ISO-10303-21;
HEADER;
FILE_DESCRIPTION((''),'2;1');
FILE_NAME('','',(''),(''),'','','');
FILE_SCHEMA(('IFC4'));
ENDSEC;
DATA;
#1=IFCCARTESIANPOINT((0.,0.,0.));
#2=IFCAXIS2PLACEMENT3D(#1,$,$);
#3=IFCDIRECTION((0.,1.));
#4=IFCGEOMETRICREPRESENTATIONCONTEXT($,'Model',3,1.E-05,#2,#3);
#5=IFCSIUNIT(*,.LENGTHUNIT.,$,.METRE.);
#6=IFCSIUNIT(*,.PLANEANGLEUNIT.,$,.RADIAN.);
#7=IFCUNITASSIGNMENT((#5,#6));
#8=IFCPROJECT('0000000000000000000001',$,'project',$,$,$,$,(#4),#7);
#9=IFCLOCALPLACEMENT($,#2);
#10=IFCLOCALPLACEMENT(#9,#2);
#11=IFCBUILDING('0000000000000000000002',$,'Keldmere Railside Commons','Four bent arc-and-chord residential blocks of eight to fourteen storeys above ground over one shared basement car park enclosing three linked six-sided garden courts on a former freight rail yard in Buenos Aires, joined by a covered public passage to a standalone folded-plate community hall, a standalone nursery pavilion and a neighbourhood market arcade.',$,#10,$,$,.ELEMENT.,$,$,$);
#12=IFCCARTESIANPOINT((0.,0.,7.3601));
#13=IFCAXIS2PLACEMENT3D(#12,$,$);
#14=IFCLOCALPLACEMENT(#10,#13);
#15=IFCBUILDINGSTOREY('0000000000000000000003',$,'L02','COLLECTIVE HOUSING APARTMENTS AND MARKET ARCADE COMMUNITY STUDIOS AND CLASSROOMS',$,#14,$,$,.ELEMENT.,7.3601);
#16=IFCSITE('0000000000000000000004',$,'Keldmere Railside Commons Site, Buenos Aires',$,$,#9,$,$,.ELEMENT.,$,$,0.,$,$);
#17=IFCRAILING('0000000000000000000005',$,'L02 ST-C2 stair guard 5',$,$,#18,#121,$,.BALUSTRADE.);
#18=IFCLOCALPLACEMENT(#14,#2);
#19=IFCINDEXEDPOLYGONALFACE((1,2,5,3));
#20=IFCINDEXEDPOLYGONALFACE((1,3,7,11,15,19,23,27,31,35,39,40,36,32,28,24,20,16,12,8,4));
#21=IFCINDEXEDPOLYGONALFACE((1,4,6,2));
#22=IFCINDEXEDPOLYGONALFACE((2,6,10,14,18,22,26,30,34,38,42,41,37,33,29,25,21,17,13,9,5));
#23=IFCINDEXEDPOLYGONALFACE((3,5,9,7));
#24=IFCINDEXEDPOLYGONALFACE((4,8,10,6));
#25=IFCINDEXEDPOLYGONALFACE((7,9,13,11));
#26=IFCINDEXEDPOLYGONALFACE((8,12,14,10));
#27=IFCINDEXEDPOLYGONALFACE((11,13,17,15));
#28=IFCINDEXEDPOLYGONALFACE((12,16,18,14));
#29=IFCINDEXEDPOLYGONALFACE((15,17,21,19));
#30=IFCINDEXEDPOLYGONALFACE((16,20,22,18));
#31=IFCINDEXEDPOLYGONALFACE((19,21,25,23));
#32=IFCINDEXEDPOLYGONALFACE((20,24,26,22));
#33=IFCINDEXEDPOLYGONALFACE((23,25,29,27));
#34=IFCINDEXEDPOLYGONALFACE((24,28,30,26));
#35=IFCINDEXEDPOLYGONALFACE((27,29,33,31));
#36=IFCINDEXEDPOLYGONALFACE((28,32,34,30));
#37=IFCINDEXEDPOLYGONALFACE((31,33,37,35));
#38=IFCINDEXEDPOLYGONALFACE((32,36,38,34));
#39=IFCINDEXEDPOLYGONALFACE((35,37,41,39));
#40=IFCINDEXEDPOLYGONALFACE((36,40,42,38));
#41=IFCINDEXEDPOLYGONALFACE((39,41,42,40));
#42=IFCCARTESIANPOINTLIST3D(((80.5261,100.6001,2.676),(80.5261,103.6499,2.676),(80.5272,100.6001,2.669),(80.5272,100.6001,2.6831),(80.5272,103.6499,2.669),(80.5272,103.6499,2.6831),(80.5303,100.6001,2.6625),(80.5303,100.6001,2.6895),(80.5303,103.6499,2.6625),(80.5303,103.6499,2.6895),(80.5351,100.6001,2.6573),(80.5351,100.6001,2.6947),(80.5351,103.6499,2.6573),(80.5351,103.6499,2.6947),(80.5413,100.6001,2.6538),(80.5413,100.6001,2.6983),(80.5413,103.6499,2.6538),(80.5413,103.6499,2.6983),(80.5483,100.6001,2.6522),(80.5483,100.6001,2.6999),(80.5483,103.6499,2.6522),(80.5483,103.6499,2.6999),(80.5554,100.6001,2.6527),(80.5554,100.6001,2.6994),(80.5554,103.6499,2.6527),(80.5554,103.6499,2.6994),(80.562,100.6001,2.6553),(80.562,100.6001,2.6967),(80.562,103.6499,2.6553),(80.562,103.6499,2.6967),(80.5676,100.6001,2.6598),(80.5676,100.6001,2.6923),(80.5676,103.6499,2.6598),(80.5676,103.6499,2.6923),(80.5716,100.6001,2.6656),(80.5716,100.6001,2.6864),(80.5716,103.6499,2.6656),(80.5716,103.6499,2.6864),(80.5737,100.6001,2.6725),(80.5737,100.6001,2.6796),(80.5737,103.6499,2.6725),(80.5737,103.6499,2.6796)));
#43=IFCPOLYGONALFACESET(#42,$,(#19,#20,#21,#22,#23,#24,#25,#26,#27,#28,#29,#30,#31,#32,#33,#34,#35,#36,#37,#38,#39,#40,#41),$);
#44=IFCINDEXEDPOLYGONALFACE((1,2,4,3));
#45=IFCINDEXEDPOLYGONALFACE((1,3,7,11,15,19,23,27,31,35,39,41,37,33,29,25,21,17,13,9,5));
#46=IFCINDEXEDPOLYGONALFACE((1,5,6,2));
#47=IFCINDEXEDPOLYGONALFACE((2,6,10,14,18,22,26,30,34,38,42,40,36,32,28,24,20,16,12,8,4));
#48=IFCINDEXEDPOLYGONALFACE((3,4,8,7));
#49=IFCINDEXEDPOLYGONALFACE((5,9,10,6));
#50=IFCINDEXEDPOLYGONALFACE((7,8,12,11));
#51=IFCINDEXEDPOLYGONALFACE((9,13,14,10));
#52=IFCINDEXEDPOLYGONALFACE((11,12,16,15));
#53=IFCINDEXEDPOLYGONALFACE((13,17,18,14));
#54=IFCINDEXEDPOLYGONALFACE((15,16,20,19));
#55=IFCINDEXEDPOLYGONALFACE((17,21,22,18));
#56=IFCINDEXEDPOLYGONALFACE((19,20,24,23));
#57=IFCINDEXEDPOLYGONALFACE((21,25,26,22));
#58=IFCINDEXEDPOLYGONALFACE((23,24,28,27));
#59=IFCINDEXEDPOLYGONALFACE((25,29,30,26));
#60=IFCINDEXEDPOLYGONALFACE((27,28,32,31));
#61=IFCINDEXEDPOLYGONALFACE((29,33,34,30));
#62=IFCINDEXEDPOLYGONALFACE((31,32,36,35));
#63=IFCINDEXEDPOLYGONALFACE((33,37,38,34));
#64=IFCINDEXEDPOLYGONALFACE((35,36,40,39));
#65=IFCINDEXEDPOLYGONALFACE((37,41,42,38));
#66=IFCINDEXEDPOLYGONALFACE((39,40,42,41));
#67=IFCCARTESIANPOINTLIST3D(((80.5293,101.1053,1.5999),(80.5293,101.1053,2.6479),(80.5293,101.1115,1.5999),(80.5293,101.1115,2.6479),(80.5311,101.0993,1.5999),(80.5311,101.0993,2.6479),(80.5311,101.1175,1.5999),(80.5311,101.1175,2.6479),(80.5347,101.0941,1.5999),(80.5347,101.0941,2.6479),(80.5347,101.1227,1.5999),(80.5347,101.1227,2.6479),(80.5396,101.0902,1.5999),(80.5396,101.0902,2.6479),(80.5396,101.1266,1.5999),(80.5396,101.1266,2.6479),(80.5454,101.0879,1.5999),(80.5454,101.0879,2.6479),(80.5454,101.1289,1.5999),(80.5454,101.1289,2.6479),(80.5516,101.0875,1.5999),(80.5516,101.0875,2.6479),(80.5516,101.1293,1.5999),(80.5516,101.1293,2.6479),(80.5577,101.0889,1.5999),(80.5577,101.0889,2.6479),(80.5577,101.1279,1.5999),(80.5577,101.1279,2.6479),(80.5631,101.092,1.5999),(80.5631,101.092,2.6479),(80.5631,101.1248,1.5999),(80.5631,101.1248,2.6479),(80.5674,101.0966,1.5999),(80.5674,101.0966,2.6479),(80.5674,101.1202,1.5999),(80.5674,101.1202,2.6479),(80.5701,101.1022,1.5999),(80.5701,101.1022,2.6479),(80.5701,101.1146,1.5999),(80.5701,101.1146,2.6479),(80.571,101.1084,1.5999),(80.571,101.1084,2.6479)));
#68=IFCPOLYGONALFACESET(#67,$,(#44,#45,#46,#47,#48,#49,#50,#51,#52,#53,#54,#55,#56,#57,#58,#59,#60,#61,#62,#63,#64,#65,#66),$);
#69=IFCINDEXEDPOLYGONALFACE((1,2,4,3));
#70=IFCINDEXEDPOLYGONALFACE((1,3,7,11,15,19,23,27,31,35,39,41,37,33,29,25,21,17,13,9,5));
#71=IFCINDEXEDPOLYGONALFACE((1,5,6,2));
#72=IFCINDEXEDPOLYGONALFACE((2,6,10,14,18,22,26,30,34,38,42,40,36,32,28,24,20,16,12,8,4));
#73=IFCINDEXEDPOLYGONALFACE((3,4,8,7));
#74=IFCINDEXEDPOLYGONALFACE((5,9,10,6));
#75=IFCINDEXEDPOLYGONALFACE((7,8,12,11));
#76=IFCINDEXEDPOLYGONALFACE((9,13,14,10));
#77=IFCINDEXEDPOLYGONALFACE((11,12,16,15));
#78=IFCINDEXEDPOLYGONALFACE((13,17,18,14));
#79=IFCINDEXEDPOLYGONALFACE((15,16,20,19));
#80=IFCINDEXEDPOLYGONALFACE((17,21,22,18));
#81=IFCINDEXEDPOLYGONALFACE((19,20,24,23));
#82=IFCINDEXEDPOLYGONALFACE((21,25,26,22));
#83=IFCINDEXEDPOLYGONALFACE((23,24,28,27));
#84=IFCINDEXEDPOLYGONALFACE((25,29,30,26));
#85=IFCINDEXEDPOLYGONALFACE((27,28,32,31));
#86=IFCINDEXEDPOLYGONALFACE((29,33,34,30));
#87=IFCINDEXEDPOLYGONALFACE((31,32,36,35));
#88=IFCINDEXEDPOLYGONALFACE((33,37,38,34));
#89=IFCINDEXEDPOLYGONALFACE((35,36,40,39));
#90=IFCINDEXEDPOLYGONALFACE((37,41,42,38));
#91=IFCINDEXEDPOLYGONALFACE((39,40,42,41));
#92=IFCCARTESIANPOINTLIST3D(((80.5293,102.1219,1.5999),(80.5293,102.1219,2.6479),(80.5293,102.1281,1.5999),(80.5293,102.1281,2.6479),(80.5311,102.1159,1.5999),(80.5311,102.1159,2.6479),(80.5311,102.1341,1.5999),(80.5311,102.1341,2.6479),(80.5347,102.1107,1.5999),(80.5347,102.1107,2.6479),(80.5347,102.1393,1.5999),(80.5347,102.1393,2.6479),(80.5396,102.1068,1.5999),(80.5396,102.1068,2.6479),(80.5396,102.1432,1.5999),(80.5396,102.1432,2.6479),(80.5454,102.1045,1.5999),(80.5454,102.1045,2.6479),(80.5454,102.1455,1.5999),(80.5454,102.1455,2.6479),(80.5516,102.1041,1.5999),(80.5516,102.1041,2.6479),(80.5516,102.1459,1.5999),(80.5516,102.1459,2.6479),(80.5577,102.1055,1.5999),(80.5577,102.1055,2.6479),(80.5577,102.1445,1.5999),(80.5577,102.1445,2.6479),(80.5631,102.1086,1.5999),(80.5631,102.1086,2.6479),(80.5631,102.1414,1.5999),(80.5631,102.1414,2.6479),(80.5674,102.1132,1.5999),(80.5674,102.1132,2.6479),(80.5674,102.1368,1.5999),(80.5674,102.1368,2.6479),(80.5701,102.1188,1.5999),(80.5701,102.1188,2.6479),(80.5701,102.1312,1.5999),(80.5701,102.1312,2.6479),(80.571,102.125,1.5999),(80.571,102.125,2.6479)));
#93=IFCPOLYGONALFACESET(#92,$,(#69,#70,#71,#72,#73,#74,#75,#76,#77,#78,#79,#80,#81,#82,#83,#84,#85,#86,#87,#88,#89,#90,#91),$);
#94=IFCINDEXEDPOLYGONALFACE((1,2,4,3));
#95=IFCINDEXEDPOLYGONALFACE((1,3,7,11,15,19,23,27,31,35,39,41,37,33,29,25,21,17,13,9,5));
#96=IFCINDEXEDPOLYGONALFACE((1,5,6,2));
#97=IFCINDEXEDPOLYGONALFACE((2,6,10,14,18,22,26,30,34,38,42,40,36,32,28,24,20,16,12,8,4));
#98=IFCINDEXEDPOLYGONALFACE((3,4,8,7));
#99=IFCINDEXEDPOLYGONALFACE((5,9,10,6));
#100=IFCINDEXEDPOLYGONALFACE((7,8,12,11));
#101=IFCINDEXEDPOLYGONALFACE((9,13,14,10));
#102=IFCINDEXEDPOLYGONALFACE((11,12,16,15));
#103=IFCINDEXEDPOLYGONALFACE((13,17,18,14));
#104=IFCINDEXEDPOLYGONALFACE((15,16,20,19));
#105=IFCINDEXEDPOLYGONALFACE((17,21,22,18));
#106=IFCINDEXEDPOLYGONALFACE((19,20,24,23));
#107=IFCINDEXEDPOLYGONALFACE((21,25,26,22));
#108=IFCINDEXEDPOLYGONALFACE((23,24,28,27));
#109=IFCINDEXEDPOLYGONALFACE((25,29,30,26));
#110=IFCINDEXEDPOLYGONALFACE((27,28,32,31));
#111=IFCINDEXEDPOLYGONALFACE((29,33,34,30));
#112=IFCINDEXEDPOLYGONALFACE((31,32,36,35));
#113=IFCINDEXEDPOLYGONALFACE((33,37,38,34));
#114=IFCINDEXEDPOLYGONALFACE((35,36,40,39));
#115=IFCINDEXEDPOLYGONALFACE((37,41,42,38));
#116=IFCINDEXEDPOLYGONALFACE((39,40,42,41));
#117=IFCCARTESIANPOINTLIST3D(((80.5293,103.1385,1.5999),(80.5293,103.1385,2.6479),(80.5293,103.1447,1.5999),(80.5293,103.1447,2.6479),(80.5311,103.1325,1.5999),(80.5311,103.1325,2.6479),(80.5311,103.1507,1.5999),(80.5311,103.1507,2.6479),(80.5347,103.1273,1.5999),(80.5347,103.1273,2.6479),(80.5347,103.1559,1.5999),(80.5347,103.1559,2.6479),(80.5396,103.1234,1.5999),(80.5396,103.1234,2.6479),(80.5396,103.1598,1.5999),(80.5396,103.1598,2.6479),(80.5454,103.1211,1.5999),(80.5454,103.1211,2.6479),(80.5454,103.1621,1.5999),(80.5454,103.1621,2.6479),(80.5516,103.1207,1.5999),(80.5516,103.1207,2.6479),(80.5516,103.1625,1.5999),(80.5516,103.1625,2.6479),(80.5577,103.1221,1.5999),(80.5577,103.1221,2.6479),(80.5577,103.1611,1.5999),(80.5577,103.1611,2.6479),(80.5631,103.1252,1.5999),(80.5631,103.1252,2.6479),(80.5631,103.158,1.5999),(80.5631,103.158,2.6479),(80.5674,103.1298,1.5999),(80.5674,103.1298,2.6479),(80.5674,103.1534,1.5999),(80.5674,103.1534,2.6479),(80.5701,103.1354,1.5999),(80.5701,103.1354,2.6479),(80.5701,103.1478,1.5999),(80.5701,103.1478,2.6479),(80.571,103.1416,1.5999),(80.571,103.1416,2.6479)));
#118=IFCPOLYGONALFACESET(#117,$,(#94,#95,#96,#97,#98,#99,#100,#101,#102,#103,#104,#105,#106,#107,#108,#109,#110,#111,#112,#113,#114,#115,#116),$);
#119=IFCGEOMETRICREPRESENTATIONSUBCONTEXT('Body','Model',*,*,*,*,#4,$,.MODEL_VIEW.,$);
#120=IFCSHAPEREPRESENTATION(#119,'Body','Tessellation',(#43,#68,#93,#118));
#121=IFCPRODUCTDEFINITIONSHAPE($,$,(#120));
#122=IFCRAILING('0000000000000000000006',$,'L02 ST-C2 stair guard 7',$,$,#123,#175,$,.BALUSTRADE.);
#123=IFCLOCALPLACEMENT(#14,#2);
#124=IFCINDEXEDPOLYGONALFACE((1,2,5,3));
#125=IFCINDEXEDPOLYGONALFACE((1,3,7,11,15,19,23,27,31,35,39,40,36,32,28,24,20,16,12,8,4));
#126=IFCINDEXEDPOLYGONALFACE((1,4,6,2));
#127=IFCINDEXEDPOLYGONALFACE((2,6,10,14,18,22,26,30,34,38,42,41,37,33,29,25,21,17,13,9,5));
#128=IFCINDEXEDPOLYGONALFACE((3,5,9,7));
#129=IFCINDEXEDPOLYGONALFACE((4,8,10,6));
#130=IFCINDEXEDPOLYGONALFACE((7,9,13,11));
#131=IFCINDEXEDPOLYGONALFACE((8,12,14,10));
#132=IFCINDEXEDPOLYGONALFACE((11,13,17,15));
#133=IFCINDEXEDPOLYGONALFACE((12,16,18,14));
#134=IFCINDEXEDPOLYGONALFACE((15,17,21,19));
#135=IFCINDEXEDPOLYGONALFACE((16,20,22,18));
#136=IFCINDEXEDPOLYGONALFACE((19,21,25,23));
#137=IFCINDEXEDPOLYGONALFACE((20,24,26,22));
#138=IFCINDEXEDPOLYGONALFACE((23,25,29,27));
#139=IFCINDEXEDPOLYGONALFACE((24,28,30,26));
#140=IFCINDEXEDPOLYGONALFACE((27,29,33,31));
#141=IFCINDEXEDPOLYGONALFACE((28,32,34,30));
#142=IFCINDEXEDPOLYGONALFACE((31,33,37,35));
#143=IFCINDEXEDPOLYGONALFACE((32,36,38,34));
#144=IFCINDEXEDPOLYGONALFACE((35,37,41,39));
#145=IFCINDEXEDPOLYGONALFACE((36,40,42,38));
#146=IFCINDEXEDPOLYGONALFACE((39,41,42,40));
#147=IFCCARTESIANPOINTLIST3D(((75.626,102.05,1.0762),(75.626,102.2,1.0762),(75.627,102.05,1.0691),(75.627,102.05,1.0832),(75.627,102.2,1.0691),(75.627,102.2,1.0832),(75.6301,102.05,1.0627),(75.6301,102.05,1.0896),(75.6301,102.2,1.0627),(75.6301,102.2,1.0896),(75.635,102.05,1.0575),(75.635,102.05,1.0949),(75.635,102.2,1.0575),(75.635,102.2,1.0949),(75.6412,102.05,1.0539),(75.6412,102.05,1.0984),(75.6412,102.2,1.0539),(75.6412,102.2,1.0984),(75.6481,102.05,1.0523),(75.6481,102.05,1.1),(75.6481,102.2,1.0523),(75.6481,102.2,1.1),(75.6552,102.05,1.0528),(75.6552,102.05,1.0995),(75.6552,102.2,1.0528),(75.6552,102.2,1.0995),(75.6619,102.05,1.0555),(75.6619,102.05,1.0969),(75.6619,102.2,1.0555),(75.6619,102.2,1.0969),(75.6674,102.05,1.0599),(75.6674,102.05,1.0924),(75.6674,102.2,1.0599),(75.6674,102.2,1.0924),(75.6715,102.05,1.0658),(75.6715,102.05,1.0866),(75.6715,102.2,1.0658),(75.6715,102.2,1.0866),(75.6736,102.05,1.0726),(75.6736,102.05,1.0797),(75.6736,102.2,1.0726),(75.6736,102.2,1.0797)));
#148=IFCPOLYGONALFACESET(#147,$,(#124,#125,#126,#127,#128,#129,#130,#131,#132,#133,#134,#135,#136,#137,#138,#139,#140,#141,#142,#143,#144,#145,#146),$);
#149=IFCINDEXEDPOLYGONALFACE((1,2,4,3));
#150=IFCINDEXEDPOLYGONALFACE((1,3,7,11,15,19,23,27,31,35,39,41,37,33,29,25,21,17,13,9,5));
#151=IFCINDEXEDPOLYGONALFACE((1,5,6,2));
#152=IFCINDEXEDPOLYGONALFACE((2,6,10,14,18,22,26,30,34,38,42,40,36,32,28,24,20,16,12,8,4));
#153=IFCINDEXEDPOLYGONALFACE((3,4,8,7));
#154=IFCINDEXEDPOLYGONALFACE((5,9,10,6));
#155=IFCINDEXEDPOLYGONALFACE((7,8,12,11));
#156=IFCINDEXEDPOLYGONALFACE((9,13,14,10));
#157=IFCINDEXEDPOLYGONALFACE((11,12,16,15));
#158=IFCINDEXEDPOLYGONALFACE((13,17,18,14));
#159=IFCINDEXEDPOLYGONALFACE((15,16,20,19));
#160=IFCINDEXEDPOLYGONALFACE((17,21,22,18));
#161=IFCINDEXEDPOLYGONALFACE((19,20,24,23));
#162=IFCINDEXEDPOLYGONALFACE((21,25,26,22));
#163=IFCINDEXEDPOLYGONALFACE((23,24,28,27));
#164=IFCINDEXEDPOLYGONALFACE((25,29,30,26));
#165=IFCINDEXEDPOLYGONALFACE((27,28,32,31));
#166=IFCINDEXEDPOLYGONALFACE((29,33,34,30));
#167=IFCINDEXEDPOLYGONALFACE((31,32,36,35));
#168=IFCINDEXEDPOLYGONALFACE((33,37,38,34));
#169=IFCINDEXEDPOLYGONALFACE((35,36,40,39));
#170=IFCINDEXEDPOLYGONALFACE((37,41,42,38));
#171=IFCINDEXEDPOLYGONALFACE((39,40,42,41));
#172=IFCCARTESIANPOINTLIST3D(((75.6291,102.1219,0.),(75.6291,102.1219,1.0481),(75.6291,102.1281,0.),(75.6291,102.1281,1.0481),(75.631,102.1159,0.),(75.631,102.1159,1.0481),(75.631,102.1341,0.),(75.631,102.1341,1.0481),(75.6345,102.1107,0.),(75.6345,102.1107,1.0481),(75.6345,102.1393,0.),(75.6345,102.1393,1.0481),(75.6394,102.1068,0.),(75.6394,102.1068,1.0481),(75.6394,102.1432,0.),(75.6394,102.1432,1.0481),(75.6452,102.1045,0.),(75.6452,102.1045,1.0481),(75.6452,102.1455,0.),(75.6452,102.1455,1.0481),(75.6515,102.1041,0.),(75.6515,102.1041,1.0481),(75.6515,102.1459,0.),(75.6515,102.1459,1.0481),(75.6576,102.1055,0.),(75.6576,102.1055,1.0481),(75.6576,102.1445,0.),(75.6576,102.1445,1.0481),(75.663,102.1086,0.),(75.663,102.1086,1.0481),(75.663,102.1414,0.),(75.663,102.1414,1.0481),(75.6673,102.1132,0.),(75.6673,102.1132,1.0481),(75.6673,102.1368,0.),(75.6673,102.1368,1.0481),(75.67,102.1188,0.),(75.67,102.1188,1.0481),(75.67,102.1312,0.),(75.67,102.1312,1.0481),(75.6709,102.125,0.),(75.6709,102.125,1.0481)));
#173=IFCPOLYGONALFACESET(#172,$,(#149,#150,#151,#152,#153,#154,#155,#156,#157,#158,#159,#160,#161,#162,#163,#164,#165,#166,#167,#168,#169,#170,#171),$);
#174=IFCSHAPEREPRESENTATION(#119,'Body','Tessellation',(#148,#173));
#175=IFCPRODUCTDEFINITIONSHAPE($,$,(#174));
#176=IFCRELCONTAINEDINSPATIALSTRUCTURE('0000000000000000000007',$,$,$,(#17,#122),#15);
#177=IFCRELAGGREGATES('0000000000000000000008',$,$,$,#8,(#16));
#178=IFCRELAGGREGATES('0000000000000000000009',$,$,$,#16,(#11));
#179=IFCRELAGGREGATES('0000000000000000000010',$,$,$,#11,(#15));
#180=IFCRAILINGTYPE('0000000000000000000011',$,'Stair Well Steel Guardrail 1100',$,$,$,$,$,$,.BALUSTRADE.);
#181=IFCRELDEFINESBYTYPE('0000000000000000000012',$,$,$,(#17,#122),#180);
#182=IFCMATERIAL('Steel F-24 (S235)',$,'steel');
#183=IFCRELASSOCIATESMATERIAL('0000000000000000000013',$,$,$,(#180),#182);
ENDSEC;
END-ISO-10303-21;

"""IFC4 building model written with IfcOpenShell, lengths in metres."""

from ifc_helpers import new_model, si_unit, direction, frame, origin, origin_2d, place, context, subcontext, project, spatial, circle, extrude, material, type_object, element, save


model = new_model("IFC4")

# Units and contexts
model_context = context("Model", 3, precision=1e-05, world=origin(), true_north=direction((0.0, 1.0)))
body_context = subcontext(model_context, "Body", "Model", "MODEL_VIEW")
ifc_project = project(units=[si_unit("LENGTHUNIT", "METRE"), si_unit("PLANEANGLEUNIT", "RADIAN")], contexts=[model_context])

# Site, building, storey
site_placement = place(None, origin())
site = spatial("IfcSite", under=ifc_project, at=site_placement, Name="Keldmere Railside Commons Site, Buenos Aires", CompositionType="ELEMENT", RefElevation=0.0)
building_placement = place(site_placement, origin())
building = spatial("IfcBuilding", under=site, at=building_placement, Name="Keldmere Railside Commons", Description="Four bent arc-and-chord residential blocks of eight to fourteen storeys above ground over one shared basement car park enclosing three linked six-sided garden courts on a former freight rail yard in Buenos Aires, joined by a covered public passage to a standalone folded-plate community hall, a standalone nursery pavilion and a neighbourhood market arcade.", CompositionType="ELEMENT")
storey_placement = place(building_placement, frame((0.0, 0.0, 7.3601)))
storey = spatial("IfcBuildingStorey", under=building, at=storey_placement, Name="L02", Description="COLLECTIVE HOUSING APARTMENTS AND MARKET ARCADE COMMUNITY STUDIOS AND CLASSROOMS", CompositionType="ELEMENT", Elevation=7.3601)

# Railings
ifc_material_1 = material(Name="Steel F-24 (S235)", Category="steel")
railing_type_1 = type_object("IfcRailingType", Name="Stair Well Steel Guardrail 1100", PredefinedType="BALUSTRADE", material=ifc_material_1)
railing_1_placement = place(storey_placement, frame((80.55, 100.6001, 1.5999)))
element("IfcRailing", 1, at=railing_1_placement, inside=storey, type_object=railing_type_1, Name="L02 ST-C2 stair guard 5", PredefinedType="BALUSTRADE", context=body_context, shape_type="SweptSolid", body=[
    extrude(circle(Radius=0.0239, at=origin_2d()), frame((0.0, 0.0, 1.0762), z_axis=(0.0, 1.0, 0.0), x_axis=(-1.0, 0.0, 0.0)), (0.0, 0.0, 1.0), 3.0498),
    extrude(circle(Radius=0.021, at=origin_2d()), frame((0.0, 0.5083, 0.0)), (0.0, 0.0, 1.0), 1.0481),
    extrude(circle(Radius=0.021, at=origin_2d()), frame((0.0, 1.5249, 0.0)), (0.0, 0.0, 1.0), 1.0481),
    extrude(circle(Radius=0.021, at=origin_2d()), frame((0.0, 2.5415, 0.0)), (0.0, 0.0, 1.0), 1.0481),
])
railing_2_placement = place(storey_placement, frame((75.6499, 102.05, 0.0)))
element("IfcRailing", 2, at=railing_2_placement, inside=storey, type_object=railing_type_1, Name="L02 ST-C2 stair guard 7", PredefinedType="BALUSTRADE", context=body_context, shape_type="SweptSolid", body=[
    extrude(circle(Radius=0.0239, at=origin_2d()), frame((0.0, 0.0, 1.0762), z_axis=(0.0, 1.0, 0.0), x_axis=(-1.0, 0.0, 0.0)), (0.0, 0.0, 1.0), 0.1499),
    extrude(circle(Radius=0.021, at=origin_2d()), frame((0.0, 0.075, 0.0)), (0.0, 0.0, 1.0), 1.0481),
])

save(model, "model.ifc")
